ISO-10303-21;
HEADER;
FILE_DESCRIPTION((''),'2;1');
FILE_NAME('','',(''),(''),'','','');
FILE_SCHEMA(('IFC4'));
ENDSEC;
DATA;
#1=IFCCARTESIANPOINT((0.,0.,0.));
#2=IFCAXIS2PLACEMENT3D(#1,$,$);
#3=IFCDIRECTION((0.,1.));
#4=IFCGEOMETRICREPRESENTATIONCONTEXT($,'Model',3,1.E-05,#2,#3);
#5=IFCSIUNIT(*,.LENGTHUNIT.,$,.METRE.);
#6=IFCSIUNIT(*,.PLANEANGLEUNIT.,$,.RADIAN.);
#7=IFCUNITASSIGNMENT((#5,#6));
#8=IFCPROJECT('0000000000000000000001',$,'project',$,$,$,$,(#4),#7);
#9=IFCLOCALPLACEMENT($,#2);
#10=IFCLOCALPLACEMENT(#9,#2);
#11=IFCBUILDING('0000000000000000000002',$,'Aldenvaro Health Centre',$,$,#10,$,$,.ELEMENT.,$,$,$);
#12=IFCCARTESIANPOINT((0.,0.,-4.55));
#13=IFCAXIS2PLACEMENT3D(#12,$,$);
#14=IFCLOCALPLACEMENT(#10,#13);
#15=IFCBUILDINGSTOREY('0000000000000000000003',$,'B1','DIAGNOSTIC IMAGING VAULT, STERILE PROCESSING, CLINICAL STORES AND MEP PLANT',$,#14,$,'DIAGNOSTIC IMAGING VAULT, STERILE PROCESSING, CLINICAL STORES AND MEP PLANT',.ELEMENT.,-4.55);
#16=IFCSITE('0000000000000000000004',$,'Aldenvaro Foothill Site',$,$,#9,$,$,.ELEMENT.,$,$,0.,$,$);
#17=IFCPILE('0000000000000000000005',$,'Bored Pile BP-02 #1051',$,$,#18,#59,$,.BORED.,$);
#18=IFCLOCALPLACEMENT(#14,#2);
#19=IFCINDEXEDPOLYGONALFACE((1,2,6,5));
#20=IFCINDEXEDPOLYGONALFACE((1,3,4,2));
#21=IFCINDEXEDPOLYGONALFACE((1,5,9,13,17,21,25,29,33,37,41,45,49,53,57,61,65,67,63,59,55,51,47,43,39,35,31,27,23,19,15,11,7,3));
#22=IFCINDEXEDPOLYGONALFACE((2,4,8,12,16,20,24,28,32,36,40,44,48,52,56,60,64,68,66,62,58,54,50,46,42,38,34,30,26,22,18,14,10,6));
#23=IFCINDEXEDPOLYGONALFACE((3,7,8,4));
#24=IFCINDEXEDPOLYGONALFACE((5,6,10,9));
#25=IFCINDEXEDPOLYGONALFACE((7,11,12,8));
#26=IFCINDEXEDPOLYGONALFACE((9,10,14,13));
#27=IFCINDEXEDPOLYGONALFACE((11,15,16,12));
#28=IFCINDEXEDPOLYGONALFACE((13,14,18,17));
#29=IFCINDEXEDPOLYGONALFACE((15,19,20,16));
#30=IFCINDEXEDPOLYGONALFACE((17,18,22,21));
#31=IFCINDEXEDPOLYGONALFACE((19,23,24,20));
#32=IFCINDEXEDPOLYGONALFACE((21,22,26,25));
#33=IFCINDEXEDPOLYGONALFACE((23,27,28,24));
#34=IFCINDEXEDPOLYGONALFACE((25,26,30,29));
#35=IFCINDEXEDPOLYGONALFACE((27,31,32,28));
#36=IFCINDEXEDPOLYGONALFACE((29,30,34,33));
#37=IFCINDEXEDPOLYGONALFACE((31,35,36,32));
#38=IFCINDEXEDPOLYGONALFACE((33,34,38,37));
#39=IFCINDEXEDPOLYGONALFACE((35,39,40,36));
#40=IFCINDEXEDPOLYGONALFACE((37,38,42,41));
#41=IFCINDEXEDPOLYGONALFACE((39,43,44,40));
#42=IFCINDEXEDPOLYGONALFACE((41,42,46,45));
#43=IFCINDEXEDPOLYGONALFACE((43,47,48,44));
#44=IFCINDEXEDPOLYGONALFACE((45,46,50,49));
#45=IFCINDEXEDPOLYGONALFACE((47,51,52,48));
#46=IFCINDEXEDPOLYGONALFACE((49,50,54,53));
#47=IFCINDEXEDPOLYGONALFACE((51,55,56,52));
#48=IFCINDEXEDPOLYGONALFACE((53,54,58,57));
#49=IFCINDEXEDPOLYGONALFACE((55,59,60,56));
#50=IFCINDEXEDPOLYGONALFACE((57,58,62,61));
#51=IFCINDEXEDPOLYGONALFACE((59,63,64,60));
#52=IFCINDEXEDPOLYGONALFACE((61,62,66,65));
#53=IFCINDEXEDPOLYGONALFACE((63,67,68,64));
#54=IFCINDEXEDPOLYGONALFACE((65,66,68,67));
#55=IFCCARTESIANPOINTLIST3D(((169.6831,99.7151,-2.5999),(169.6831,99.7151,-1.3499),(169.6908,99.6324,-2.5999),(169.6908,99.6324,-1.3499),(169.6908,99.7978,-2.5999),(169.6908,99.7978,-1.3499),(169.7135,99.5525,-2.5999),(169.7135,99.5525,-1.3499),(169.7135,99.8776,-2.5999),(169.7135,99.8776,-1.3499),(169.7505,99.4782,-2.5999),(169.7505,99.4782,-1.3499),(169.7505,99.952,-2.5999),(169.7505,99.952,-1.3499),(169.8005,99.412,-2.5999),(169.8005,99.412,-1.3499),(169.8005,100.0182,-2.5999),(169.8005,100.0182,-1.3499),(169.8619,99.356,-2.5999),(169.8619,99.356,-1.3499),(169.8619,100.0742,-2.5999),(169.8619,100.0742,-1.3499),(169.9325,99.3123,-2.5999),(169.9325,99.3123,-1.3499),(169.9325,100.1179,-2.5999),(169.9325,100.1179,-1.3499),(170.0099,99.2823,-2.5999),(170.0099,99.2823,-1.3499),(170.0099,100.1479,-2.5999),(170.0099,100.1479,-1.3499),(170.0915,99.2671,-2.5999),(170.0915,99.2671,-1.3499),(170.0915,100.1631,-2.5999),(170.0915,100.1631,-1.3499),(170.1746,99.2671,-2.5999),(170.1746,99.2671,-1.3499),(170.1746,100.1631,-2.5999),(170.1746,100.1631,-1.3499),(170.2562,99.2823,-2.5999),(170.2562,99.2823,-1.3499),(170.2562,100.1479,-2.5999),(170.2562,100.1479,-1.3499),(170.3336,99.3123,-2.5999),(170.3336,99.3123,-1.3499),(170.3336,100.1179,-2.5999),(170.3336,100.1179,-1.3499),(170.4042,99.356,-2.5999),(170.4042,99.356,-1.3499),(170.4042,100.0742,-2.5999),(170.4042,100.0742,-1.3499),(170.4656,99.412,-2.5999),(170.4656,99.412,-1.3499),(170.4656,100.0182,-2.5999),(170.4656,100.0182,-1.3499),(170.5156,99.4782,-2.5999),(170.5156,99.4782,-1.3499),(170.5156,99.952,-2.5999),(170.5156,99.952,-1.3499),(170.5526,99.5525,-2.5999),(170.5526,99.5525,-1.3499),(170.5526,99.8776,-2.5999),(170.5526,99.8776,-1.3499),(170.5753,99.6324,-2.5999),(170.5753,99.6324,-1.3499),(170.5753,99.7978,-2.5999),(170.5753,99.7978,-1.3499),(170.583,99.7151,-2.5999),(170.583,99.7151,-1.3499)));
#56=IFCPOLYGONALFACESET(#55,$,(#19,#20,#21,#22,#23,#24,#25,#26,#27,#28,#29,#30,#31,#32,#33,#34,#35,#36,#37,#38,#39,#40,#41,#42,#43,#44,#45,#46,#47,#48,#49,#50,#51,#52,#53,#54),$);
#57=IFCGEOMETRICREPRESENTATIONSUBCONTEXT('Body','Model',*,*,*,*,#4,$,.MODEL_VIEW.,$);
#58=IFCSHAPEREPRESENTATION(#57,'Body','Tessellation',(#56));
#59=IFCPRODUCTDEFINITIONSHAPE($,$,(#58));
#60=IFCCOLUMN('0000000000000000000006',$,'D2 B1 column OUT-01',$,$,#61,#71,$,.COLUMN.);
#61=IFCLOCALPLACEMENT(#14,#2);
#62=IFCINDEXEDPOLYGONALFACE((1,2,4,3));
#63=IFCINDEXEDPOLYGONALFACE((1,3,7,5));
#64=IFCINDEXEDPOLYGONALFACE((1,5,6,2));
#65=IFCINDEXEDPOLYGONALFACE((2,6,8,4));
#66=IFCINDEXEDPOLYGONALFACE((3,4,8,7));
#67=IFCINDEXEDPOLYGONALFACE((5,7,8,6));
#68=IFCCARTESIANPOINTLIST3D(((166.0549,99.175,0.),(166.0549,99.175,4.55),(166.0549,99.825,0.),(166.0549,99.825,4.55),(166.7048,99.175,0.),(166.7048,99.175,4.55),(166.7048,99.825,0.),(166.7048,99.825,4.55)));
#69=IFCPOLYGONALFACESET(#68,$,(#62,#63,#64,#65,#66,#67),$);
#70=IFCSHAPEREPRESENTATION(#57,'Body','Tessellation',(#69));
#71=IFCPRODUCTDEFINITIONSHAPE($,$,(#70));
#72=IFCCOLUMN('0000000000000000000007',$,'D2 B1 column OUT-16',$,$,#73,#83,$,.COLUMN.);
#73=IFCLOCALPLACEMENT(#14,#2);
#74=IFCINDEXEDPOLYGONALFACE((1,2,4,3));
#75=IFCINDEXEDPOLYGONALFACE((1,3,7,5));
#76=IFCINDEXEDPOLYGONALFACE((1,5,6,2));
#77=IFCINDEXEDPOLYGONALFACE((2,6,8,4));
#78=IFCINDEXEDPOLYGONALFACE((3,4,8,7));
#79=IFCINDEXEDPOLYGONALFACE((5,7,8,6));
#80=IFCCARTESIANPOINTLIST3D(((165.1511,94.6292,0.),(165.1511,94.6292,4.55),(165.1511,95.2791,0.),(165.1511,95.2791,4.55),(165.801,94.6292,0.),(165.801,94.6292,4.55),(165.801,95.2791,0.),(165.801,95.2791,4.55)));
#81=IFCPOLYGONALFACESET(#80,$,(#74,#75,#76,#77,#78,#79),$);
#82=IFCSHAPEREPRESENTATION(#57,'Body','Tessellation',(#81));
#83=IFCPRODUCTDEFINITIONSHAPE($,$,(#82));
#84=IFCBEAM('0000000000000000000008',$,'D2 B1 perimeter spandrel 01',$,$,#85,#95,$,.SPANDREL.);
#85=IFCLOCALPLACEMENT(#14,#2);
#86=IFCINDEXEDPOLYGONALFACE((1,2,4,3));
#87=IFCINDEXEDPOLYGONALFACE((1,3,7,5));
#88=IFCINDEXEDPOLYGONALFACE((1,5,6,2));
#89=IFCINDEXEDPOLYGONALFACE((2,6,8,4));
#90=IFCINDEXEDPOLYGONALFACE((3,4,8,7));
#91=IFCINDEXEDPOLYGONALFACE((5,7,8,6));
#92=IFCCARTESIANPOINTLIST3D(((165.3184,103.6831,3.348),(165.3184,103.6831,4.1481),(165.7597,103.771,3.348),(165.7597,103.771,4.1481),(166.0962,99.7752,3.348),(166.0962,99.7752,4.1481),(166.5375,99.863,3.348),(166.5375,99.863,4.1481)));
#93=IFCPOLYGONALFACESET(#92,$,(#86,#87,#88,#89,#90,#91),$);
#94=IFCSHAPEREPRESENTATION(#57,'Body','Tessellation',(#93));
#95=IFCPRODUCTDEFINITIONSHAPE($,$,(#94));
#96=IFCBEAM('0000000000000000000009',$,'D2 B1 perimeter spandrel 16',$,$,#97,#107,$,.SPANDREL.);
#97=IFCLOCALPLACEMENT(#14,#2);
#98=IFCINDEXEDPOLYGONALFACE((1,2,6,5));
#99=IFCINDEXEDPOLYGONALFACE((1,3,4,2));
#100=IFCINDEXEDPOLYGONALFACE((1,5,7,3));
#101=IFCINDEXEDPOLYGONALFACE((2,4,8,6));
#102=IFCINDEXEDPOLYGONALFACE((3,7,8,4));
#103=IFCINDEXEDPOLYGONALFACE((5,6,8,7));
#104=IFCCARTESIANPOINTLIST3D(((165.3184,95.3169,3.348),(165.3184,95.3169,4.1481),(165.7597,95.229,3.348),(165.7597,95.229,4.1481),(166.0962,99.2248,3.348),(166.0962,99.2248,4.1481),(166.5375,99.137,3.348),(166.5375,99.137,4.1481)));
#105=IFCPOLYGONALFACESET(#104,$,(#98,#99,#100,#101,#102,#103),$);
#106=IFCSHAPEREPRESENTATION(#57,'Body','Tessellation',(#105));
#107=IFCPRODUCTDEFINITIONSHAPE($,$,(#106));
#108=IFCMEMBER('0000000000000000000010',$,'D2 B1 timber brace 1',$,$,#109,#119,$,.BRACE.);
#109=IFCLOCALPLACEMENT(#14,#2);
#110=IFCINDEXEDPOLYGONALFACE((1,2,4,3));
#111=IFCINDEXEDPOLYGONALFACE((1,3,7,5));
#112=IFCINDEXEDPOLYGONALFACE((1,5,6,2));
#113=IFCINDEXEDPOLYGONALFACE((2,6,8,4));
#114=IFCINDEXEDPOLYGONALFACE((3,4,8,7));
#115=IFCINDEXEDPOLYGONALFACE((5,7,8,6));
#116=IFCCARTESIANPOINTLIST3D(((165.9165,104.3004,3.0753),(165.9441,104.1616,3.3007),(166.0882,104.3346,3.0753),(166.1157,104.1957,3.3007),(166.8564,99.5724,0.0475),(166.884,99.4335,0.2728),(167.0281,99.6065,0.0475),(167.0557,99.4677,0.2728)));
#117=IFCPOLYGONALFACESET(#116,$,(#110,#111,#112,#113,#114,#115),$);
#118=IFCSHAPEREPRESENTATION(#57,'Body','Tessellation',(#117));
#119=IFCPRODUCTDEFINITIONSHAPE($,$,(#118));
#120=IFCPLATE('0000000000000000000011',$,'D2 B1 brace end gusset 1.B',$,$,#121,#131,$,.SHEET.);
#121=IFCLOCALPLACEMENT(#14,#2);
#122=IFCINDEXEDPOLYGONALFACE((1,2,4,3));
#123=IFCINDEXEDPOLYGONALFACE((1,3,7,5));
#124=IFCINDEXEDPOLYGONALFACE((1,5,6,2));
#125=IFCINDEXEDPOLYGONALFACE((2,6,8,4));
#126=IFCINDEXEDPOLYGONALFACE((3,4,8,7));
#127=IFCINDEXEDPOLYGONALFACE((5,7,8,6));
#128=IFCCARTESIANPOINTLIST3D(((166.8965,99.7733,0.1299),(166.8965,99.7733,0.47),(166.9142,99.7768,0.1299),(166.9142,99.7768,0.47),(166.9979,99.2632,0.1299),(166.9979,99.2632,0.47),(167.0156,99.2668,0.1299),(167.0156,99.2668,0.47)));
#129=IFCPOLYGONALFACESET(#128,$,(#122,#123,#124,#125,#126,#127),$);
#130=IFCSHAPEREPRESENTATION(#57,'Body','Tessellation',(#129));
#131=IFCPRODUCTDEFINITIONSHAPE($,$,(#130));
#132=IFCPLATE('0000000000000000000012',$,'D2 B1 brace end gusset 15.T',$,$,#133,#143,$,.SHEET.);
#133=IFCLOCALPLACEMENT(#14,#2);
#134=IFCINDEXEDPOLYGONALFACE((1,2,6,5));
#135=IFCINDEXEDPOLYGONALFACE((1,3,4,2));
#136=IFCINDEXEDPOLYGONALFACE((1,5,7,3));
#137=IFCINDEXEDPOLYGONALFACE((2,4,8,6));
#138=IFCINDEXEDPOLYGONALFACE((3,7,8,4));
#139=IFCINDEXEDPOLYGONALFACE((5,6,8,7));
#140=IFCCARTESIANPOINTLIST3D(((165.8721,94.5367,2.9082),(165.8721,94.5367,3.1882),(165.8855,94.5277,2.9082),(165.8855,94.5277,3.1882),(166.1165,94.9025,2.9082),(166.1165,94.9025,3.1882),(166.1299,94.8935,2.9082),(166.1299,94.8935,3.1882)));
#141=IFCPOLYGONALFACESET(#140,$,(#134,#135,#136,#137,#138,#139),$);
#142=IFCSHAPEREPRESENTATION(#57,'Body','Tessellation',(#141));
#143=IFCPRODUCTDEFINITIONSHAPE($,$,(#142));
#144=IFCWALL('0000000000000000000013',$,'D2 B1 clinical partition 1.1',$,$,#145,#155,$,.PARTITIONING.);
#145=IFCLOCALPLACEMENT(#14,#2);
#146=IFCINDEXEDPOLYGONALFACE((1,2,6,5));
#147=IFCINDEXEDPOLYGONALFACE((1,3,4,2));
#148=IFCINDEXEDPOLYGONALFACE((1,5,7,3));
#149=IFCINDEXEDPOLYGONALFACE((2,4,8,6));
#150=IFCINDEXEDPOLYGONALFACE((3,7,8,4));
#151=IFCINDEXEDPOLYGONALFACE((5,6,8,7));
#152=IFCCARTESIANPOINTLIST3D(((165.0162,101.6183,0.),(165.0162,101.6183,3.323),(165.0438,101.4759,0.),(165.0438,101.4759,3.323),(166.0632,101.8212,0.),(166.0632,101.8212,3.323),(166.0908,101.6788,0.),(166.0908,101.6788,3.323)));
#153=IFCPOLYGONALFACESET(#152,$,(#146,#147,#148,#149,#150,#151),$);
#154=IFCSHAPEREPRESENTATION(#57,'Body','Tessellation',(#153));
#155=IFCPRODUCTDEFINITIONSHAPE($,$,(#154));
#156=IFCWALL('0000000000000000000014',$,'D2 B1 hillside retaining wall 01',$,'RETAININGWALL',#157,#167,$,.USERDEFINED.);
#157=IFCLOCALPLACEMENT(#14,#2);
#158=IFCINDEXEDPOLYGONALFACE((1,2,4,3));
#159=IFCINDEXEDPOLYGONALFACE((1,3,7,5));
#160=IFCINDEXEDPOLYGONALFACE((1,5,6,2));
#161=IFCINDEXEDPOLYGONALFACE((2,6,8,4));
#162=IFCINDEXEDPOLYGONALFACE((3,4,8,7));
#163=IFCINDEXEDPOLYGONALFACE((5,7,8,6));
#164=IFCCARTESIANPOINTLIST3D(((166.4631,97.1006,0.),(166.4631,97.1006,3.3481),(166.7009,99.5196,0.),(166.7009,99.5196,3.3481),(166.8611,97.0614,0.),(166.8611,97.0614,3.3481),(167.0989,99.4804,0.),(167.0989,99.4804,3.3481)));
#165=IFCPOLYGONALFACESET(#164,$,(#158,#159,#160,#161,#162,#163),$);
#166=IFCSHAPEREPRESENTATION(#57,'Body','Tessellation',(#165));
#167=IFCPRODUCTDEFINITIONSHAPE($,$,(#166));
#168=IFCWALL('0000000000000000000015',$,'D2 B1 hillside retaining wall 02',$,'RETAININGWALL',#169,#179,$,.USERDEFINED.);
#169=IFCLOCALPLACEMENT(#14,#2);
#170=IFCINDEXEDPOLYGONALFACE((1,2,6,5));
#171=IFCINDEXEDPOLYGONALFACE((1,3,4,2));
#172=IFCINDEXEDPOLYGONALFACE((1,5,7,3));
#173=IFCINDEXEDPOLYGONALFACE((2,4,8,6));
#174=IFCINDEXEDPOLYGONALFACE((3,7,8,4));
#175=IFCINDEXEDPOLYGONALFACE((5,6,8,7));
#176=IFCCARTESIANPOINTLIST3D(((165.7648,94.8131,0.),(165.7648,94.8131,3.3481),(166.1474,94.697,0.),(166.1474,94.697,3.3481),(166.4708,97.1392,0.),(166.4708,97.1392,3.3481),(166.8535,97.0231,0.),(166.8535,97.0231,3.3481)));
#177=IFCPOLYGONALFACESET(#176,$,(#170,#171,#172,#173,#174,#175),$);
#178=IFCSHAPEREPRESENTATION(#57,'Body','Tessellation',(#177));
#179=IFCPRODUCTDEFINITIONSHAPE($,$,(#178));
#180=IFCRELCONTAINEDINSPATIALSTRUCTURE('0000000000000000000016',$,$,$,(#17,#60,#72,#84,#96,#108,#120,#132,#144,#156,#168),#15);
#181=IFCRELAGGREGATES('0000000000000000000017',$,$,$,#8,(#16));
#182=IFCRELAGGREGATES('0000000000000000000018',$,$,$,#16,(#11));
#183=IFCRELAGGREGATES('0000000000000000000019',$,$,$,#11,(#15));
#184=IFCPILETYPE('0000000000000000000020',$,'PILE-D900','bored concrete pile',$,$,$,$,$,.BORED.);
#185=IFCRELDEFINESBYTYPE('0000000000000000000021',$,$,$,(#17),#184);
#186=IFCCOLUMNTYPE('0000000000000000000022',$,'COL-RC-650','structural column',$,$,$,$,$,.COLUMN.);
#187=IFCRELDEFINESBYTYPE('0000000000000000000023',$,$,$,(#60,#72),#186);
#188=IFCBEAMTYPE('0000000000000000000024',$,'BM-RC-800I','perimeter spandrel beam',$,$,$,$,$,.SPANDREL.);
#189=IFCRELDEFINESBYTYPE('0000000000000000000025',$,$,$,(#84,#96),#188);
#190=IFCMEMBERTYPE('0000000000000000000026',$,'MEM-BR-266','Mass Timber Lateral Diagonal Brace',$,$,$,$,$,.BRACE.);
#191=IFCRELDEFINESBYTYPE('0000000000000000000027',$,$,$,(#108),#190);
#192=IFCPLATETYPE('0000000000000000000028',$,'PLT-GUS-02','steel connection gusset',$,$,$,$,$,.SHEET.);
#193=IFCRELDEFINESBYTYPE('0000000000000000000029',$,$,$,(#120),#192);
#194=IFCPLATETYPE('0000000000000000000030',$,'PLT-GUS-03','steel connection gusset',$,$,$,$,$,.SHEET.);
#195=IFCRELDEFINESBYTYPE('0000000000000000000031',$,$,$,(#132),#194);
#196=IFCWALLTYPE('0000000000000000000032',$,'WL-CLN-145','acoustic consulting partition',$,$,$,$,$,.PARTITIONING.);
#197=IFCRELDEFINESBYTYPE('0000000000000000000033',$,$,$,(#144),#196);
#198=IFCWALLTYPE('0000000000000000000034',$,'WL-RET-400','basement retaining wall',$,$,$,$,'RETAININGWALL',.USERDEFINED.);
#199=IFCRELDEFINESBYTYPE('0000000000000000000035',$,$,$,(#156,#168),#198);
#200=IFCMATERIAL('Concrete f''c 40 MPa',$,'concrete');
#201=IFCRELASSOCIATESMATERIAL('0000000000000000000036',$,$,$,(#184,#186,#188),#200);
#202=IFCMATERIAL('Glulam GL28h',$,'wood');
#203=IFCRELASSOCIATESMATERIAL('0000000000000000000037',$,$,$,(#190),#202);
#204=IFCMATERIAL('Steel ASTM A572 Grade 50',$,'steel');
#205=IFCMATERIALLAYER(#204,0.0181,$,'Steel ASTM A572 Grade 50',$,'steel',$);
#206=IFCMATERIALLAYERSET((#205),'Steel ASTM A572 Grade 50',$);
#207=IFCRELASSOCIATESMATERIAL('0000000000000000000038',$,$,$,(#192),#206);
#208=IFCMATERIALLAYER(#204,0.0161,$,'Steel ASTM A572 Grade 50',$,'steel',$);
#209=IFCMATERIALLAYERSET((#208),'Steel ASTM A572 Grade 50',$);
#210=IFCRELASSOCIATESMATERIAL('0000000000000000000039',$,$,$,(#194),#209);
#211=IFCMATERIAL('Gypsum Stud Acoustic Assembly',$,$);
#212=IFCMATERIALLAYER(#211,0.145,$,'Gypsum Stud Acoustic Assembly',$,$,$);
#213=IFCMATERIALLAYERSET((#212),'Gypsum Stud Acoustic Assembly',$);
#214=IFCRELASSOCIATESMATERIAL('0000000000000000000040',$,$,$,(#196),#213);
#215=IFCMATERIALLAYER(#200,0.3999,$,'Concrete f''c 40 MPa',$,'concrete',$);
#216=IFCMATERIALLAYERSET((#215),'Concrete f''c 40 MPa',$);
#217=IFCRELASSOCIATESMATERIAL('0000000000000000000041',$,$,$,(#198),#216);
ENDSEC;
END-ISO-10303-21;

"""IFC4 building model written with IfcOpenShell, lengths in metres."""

from ifc_helpers import new_model, si_unit, direction, frame, frame_2d, origin, origin_2d, place, context, subcontext, project, spatial, rectangle, circle, extrude, material, layer, layer_set, material_profile, profile_set, type_object, element, save


model = new_model("IFC4")

# Units and contexts
model_context = context("Model", 3, precision=1e-05, world=origin(), true_north=direction((0.0, 1.0)))
body_context = subcontext(model_context, "Body", "Model", "MODEL_VIEW")
ifc_project = project(units=[si_unit("LENGTHUNIT", "METRE"), si_unit("PLANEANGLEUNIT", "RADIAN")], contexts=[model_context])

# Site, building, storey
site_placement = place(None, origin())
site = spatial("IfcSite", under=ifc_project, at=site_placement, Name="Aldenvaro Foothill Site", CompositionType="ELEMENT", RefElevation=0.0)
building_placement = place(site_placement, origin())
building = spatial("IfcBuilding", under=site, at=building_placement, Name="Aldenvaro Health Centre", CompositionType="ELEMENT")
storey_placement = place(building_placement, frame((0.0, 0.0, -4.55)))
storey = spatial("IfcBuildingStorey", under=building, at=storey_placement, Name="B1", Description="DIAGNOSTIC IMAGING VAULT, STERILE PROCESSING, CLINICAL STORES AND MEP PLANT", LongName="DIAGNOSTIC IMAGING VAULT, STERILE PROCESSING, CLINICAL STORES AND MEP PLANT", CompositionType="ELEMENT", Elevation=-4.55)

# Pile
ifc_material_1 = material(Name="Concrete f'c 40 MPa", Category="concrete")
ifc_material_profile_1 = material_profile(ifc_material_1, circle(Radius=0.45, at=origin_2d()), Name="PILE D900", Category="concrete")
ifc_profile_set_1 = profile_set([ifc_material_profile_1], Name="Concrete f'c 40 MPa")
pile_type = type_object("IfcPileType", Name="PILE-D900", Description="bored concrete pile", PredefinedType="BORED", material=ifc_profile_set_1)
for number, where, z_axis, x_axis, name in (
    (1, (170.1331, 99.7151, -1.3499), (0.0, 0.0, -1.0), (1.0, 0.0, 0.0), "Bored Pile BP-02 #1051"),
):
    element("IfcPile", number, at=place(storey_placement, frame(where, z_axis=z_axis, x_axis=x_axis)), inside=storey, type_object=pile_type, Name=name, PredefinedType="BORED", context=body_context, shape_type="SweptSolid", body=[
        extrude(circle(Radius=0.45, at=origin_2d()), origin(), (0.0, 0.0, 1.0), 1.25),
    ])

# Columns
ifc_material_profile_2 = material_profile(ifc_material_1, rectangle(XDim=0.6499, YDim=0.6499, at=origin_2d()), Name="RC 650x650", Category="concrete")
ifc_profile_set_2 = profile_set([ifc_material_profile_2], Name="Concrete f'c 40 MPa")
column_type = type_object("IfcColumnType", Name="COL-RC-650", Description="structural column", PredefinedType="COLUMN", material=ifc_profile_set_2)
for number, where, z_axis, x_axis, name in (
    (2, (166.3799, 99.5, 0.0), (0.0, 0.0, 1.0), (1.0, 0.0, 0.0), "D2 B1 column OUT-01"),
    (3, (165.4761, 94.9541, 0.0), (0.0, 0.0, 1.0), (1.0, 0.0, 0.0), "D2 B1 column OUT-16"),
):
    element("IfcColumn", number, at=place(storey_placement, frame(where, z_axis=z_axis, x_axis=x_axis)), inside=storey, type_object=column_type, Name=name, PredefinedType="COLUMN", context=body_context, shape_type="SweptSolid", body=[
        extrude(rectangle(XDim=0.6499, YDim=0.6499, at=origin_2d()), origin(), (0.0, 0.0, 1.0), 4.55),
    ])

# Beams
ifc_material_profile_3 = material_profile(ifc_material_1, rectangle(XDim=0.45, YDim=0.8, at=origin_2d()), Name="RC 450x800", Category="concrete")
ifc_profile_set_3 = profile_set([ifc_material_profile_3], Name="Concrete f'c 40 MPa")
beam_type = type_object("IfcBeamType", Name="BM-RC-800I", Description="perimeter spandrel beam", PredefinedType="SPANDREL", material=ifc_profile_set_3)
for number, where, z_axis, x_axis, name in (
    (4, (166.3169, 99.8191, 3.748), (-0.195209, 0.980762, 0.0), (-0.980762, -0.195209, 0.0), "D2 B1 perimeter spandrel 01"),
    (5, (165.5391, 95.2729, 3.748), (0.195209, 0.980762, 0.0), (-0.980762, 0.195209, 0.0), "D2 B1 perimeter spandrel 16"),
):
    element("IfcBeam", number, at=place(storey_placement, frame(where, z_axis=z_axis, x_axis=x_axis)), inside=storey, type_object=beam_type, Name=name, PredefinedType="SPANDREL", context=body_context, shape_type="SweptSolid", body=[
        extrude(rectangle(XDim=0.45, YDim=0.8, at=origin_2d()), origin(), (0.0, 0.0, 1.0), 3.9846),
    ])

# Member
ifc_material_2 = material(Name="Glulam GL28h", Category="wood")
ifc_material_profile_4 = material_profile(ifc_material_2, rectangle(XDim=0.175, YDim=0.2661, at=origin_2d()), Name="GL 175x266", Category="wood")
ifc_profile_set_4 = profile_set([ifc_material_profile_4], Name="Glulam GL28h")
member_type = type_object("IfcMemberType", Name="MEM-BR-266", Description="Mass Timber Lateral Diagonal Brace", PredefinedType="BRACE", material=ifc_profile_set_4)
member_placement = place(storey_placement, frame((166.9561, 99.52, 0.1602), z_axis=(-0.165117, 0.830559, 0.531891), x_axis=(-0.980806, -0.194986, 0.0)))
element("IfcMember", 6, at=member_placement, inside=storey, type_object=member_type, Name="D2 B1 timber brace 1", PredefinedType="BRACE", context=body_context, shape_type="SweptSolid", body=[
    extrude(rectangle(XDim=0.175, YDim=0.2661, at=origin_2d()), origin(), (0.0, 0.0, 1.0), 5.6926),
])

# Plates
ifc_material_3 = material(Name="Steel ASTM A572 Grade 50", Category="steel")
ifc_layer_1 = layer(ifc_material_3, 0.0181, Name="Steel ASTM A572 Grade 50", Category="steel")
ifc_layer_set_1 = layer_set([ifc_layer_1], Name="Steel ASTM A572 Grade 50")
plate_type_1 = type_object("IfcPlateType", Name="PLT-GUS-02", Description="steel connection gusset", PredefinedType="SHEET", material=ifc_layer_set_1)
plate_1_placement = place(storey_placement, frame((166.9561, 99.52, 0.1299), z_axis=(0.0, 0.0, 1.0), x_axis=(-0.195005, 0.980802, 0.0)))
element("IfcPlate", 7, at=plate_1_placement, inside=storey, type_object=plate_type_1, Name="D2 B1 brace end gusset 1.B", PredefinedType="SHEET", context=body_context, shape_type="SweptSolid", body=[
    extrude(rectangle(XDim=0.52, YDim=0.0181, at=origin_2d()), origin(), (0.0, 0.0, 1.0), 0.3401),
])
ifc_layer_2 = layer(ifc_material_3, 0.0161, Name="Steel ASTM A572 Grade 50", Category="steel")
ifc_layer_set_2 = layer_set([ifc_layer_2], Name="Steel ASTM A572 Grade 50")
plate_type_2 = type_object("IfcPlateType", Name="PLT-GUS-03", Description="steel connection gusset", PredefinedType="SHEET", material=ifc_layer_set_2)
plate_2_placement = place(storey_placement, frame((166.001, 94.7151, 2.9082), z_axis=(0.0, 0.0, 1.0), x_axis=(0.555614, 0.831441, 0.0)))
element("IfcPlate", 8, at=plate_2_placement, inside=storey, type_object=plate_type_2, Name="D2 B1 brace end gusset 15.T", PredefinedType="SHEET", context=body_context, shape_type="SweptSolid", body=[
    extrude(rectangle(XDim=0.4399, YDim=0.0161, at=origin_2d()), origin(), (0.0, 0.0, 1.0), 0.28),
])

# Walls
ifc_material_4 = material(Name="Gypsum Stud Acoustic Assembly")
ifc_layer_3 = layer(ifc_material_4, 0.145, Name="Gypsum Stud Acoustic Assembly")
ifc_layer_set_3 = layer_set([ifc_layer_3], Name="Gypsum Stud Acoustic Assembly")
wall_type_1 = type_object("IfcWallType", Name="WL-CLN-145", Description="acoustic consulting partition", PredefinedType="PARTITIONING", material=ifc_layer_set_3)
wall_1_placement = place(storey_placement, frame((165.03, 101.5471, 0.0), z_axis=(0.0, 0.0, 1.0), x_axis=(0.981734, 0.190257, 0.0)))
element("IfcWall", 9, at=wall_1_placement, inside=storey, type_object=wall_type_1, Name="D2 B1 clinical partition 1.1", PredefinedType="PARTITIONING", context=body_context, shape_type="SweptSolid", body=[
    extrude(rectangle(XDim=1.0664, YDim=0.145, at=frame_2d((0.5332, 0.0))), origin(), (0.0, 0.0, 1.0), 3.323),
])
ifc_layer_4 = layer(ifc_material_1, 0.3999, Name="Concrete f'c 40 MPa", Category="concrete")
ifc_layer_set_4 = layer_set([ifc_layer_4], Name="Concrete f'c 40 MPa")
wall_type_2 = type_object("IfcWallType", Name="WL-RET-400", Description="basement retaining wall", ElementType="RETAININGWALL", PredefinedType="USERDEFINED", material=ifc_layer_set_4)
wall_2_placement = place(storey_placement, frame((166.8999, 99.5, 0.0), z_axis=(0.0, 0.0, 1.0), x_axis=(-0.097833, -0.995203, 0.0)))
element("IfcWall", 10, at=wall_2_placement, inside=storey, type_object=wall_type_2, Name="D2 B1 hillside retaining wall 01", ObjectType="RETAININGWALL", PredefinedType="USERDEFINED", context=body_context, shape_type="SweptSolid", body=[
    extrude(rectangle(XDim=2.4307, YDim=0.3999, at=frame_2d((1.2153, 0.0))), origin(), (0.0, 0.0, 1.0), 3.3481),
])
for number, where, z_axis, x_axis, name in (
    (11, (166.6621, 97.0811, 0.0), (0.0, 0.0, 1.0), (-0.290442, -0.956893, 0.0), "D2 B1 hillside retaining wall 02"),
):
    element("IfcWall", number, at=place(storey_placement, frame(where, z_axis=z_axis, x_axis=x_axis)), inside=storey, type_object=wall_type_2, Name=name, ObjectType="RETAININGWALL", PredefinedType="USERDEFINED", context=body_context, shape_type="SweptSolid", body=[
        extrude(rectangle(XDim=2.4309, YDim=0.3999, at=frame_2d((1.2153, 0.0))), origin(), (0.0, 0.0, 1.0), 3.3481),
    ])

save(model, "model.ifc")
